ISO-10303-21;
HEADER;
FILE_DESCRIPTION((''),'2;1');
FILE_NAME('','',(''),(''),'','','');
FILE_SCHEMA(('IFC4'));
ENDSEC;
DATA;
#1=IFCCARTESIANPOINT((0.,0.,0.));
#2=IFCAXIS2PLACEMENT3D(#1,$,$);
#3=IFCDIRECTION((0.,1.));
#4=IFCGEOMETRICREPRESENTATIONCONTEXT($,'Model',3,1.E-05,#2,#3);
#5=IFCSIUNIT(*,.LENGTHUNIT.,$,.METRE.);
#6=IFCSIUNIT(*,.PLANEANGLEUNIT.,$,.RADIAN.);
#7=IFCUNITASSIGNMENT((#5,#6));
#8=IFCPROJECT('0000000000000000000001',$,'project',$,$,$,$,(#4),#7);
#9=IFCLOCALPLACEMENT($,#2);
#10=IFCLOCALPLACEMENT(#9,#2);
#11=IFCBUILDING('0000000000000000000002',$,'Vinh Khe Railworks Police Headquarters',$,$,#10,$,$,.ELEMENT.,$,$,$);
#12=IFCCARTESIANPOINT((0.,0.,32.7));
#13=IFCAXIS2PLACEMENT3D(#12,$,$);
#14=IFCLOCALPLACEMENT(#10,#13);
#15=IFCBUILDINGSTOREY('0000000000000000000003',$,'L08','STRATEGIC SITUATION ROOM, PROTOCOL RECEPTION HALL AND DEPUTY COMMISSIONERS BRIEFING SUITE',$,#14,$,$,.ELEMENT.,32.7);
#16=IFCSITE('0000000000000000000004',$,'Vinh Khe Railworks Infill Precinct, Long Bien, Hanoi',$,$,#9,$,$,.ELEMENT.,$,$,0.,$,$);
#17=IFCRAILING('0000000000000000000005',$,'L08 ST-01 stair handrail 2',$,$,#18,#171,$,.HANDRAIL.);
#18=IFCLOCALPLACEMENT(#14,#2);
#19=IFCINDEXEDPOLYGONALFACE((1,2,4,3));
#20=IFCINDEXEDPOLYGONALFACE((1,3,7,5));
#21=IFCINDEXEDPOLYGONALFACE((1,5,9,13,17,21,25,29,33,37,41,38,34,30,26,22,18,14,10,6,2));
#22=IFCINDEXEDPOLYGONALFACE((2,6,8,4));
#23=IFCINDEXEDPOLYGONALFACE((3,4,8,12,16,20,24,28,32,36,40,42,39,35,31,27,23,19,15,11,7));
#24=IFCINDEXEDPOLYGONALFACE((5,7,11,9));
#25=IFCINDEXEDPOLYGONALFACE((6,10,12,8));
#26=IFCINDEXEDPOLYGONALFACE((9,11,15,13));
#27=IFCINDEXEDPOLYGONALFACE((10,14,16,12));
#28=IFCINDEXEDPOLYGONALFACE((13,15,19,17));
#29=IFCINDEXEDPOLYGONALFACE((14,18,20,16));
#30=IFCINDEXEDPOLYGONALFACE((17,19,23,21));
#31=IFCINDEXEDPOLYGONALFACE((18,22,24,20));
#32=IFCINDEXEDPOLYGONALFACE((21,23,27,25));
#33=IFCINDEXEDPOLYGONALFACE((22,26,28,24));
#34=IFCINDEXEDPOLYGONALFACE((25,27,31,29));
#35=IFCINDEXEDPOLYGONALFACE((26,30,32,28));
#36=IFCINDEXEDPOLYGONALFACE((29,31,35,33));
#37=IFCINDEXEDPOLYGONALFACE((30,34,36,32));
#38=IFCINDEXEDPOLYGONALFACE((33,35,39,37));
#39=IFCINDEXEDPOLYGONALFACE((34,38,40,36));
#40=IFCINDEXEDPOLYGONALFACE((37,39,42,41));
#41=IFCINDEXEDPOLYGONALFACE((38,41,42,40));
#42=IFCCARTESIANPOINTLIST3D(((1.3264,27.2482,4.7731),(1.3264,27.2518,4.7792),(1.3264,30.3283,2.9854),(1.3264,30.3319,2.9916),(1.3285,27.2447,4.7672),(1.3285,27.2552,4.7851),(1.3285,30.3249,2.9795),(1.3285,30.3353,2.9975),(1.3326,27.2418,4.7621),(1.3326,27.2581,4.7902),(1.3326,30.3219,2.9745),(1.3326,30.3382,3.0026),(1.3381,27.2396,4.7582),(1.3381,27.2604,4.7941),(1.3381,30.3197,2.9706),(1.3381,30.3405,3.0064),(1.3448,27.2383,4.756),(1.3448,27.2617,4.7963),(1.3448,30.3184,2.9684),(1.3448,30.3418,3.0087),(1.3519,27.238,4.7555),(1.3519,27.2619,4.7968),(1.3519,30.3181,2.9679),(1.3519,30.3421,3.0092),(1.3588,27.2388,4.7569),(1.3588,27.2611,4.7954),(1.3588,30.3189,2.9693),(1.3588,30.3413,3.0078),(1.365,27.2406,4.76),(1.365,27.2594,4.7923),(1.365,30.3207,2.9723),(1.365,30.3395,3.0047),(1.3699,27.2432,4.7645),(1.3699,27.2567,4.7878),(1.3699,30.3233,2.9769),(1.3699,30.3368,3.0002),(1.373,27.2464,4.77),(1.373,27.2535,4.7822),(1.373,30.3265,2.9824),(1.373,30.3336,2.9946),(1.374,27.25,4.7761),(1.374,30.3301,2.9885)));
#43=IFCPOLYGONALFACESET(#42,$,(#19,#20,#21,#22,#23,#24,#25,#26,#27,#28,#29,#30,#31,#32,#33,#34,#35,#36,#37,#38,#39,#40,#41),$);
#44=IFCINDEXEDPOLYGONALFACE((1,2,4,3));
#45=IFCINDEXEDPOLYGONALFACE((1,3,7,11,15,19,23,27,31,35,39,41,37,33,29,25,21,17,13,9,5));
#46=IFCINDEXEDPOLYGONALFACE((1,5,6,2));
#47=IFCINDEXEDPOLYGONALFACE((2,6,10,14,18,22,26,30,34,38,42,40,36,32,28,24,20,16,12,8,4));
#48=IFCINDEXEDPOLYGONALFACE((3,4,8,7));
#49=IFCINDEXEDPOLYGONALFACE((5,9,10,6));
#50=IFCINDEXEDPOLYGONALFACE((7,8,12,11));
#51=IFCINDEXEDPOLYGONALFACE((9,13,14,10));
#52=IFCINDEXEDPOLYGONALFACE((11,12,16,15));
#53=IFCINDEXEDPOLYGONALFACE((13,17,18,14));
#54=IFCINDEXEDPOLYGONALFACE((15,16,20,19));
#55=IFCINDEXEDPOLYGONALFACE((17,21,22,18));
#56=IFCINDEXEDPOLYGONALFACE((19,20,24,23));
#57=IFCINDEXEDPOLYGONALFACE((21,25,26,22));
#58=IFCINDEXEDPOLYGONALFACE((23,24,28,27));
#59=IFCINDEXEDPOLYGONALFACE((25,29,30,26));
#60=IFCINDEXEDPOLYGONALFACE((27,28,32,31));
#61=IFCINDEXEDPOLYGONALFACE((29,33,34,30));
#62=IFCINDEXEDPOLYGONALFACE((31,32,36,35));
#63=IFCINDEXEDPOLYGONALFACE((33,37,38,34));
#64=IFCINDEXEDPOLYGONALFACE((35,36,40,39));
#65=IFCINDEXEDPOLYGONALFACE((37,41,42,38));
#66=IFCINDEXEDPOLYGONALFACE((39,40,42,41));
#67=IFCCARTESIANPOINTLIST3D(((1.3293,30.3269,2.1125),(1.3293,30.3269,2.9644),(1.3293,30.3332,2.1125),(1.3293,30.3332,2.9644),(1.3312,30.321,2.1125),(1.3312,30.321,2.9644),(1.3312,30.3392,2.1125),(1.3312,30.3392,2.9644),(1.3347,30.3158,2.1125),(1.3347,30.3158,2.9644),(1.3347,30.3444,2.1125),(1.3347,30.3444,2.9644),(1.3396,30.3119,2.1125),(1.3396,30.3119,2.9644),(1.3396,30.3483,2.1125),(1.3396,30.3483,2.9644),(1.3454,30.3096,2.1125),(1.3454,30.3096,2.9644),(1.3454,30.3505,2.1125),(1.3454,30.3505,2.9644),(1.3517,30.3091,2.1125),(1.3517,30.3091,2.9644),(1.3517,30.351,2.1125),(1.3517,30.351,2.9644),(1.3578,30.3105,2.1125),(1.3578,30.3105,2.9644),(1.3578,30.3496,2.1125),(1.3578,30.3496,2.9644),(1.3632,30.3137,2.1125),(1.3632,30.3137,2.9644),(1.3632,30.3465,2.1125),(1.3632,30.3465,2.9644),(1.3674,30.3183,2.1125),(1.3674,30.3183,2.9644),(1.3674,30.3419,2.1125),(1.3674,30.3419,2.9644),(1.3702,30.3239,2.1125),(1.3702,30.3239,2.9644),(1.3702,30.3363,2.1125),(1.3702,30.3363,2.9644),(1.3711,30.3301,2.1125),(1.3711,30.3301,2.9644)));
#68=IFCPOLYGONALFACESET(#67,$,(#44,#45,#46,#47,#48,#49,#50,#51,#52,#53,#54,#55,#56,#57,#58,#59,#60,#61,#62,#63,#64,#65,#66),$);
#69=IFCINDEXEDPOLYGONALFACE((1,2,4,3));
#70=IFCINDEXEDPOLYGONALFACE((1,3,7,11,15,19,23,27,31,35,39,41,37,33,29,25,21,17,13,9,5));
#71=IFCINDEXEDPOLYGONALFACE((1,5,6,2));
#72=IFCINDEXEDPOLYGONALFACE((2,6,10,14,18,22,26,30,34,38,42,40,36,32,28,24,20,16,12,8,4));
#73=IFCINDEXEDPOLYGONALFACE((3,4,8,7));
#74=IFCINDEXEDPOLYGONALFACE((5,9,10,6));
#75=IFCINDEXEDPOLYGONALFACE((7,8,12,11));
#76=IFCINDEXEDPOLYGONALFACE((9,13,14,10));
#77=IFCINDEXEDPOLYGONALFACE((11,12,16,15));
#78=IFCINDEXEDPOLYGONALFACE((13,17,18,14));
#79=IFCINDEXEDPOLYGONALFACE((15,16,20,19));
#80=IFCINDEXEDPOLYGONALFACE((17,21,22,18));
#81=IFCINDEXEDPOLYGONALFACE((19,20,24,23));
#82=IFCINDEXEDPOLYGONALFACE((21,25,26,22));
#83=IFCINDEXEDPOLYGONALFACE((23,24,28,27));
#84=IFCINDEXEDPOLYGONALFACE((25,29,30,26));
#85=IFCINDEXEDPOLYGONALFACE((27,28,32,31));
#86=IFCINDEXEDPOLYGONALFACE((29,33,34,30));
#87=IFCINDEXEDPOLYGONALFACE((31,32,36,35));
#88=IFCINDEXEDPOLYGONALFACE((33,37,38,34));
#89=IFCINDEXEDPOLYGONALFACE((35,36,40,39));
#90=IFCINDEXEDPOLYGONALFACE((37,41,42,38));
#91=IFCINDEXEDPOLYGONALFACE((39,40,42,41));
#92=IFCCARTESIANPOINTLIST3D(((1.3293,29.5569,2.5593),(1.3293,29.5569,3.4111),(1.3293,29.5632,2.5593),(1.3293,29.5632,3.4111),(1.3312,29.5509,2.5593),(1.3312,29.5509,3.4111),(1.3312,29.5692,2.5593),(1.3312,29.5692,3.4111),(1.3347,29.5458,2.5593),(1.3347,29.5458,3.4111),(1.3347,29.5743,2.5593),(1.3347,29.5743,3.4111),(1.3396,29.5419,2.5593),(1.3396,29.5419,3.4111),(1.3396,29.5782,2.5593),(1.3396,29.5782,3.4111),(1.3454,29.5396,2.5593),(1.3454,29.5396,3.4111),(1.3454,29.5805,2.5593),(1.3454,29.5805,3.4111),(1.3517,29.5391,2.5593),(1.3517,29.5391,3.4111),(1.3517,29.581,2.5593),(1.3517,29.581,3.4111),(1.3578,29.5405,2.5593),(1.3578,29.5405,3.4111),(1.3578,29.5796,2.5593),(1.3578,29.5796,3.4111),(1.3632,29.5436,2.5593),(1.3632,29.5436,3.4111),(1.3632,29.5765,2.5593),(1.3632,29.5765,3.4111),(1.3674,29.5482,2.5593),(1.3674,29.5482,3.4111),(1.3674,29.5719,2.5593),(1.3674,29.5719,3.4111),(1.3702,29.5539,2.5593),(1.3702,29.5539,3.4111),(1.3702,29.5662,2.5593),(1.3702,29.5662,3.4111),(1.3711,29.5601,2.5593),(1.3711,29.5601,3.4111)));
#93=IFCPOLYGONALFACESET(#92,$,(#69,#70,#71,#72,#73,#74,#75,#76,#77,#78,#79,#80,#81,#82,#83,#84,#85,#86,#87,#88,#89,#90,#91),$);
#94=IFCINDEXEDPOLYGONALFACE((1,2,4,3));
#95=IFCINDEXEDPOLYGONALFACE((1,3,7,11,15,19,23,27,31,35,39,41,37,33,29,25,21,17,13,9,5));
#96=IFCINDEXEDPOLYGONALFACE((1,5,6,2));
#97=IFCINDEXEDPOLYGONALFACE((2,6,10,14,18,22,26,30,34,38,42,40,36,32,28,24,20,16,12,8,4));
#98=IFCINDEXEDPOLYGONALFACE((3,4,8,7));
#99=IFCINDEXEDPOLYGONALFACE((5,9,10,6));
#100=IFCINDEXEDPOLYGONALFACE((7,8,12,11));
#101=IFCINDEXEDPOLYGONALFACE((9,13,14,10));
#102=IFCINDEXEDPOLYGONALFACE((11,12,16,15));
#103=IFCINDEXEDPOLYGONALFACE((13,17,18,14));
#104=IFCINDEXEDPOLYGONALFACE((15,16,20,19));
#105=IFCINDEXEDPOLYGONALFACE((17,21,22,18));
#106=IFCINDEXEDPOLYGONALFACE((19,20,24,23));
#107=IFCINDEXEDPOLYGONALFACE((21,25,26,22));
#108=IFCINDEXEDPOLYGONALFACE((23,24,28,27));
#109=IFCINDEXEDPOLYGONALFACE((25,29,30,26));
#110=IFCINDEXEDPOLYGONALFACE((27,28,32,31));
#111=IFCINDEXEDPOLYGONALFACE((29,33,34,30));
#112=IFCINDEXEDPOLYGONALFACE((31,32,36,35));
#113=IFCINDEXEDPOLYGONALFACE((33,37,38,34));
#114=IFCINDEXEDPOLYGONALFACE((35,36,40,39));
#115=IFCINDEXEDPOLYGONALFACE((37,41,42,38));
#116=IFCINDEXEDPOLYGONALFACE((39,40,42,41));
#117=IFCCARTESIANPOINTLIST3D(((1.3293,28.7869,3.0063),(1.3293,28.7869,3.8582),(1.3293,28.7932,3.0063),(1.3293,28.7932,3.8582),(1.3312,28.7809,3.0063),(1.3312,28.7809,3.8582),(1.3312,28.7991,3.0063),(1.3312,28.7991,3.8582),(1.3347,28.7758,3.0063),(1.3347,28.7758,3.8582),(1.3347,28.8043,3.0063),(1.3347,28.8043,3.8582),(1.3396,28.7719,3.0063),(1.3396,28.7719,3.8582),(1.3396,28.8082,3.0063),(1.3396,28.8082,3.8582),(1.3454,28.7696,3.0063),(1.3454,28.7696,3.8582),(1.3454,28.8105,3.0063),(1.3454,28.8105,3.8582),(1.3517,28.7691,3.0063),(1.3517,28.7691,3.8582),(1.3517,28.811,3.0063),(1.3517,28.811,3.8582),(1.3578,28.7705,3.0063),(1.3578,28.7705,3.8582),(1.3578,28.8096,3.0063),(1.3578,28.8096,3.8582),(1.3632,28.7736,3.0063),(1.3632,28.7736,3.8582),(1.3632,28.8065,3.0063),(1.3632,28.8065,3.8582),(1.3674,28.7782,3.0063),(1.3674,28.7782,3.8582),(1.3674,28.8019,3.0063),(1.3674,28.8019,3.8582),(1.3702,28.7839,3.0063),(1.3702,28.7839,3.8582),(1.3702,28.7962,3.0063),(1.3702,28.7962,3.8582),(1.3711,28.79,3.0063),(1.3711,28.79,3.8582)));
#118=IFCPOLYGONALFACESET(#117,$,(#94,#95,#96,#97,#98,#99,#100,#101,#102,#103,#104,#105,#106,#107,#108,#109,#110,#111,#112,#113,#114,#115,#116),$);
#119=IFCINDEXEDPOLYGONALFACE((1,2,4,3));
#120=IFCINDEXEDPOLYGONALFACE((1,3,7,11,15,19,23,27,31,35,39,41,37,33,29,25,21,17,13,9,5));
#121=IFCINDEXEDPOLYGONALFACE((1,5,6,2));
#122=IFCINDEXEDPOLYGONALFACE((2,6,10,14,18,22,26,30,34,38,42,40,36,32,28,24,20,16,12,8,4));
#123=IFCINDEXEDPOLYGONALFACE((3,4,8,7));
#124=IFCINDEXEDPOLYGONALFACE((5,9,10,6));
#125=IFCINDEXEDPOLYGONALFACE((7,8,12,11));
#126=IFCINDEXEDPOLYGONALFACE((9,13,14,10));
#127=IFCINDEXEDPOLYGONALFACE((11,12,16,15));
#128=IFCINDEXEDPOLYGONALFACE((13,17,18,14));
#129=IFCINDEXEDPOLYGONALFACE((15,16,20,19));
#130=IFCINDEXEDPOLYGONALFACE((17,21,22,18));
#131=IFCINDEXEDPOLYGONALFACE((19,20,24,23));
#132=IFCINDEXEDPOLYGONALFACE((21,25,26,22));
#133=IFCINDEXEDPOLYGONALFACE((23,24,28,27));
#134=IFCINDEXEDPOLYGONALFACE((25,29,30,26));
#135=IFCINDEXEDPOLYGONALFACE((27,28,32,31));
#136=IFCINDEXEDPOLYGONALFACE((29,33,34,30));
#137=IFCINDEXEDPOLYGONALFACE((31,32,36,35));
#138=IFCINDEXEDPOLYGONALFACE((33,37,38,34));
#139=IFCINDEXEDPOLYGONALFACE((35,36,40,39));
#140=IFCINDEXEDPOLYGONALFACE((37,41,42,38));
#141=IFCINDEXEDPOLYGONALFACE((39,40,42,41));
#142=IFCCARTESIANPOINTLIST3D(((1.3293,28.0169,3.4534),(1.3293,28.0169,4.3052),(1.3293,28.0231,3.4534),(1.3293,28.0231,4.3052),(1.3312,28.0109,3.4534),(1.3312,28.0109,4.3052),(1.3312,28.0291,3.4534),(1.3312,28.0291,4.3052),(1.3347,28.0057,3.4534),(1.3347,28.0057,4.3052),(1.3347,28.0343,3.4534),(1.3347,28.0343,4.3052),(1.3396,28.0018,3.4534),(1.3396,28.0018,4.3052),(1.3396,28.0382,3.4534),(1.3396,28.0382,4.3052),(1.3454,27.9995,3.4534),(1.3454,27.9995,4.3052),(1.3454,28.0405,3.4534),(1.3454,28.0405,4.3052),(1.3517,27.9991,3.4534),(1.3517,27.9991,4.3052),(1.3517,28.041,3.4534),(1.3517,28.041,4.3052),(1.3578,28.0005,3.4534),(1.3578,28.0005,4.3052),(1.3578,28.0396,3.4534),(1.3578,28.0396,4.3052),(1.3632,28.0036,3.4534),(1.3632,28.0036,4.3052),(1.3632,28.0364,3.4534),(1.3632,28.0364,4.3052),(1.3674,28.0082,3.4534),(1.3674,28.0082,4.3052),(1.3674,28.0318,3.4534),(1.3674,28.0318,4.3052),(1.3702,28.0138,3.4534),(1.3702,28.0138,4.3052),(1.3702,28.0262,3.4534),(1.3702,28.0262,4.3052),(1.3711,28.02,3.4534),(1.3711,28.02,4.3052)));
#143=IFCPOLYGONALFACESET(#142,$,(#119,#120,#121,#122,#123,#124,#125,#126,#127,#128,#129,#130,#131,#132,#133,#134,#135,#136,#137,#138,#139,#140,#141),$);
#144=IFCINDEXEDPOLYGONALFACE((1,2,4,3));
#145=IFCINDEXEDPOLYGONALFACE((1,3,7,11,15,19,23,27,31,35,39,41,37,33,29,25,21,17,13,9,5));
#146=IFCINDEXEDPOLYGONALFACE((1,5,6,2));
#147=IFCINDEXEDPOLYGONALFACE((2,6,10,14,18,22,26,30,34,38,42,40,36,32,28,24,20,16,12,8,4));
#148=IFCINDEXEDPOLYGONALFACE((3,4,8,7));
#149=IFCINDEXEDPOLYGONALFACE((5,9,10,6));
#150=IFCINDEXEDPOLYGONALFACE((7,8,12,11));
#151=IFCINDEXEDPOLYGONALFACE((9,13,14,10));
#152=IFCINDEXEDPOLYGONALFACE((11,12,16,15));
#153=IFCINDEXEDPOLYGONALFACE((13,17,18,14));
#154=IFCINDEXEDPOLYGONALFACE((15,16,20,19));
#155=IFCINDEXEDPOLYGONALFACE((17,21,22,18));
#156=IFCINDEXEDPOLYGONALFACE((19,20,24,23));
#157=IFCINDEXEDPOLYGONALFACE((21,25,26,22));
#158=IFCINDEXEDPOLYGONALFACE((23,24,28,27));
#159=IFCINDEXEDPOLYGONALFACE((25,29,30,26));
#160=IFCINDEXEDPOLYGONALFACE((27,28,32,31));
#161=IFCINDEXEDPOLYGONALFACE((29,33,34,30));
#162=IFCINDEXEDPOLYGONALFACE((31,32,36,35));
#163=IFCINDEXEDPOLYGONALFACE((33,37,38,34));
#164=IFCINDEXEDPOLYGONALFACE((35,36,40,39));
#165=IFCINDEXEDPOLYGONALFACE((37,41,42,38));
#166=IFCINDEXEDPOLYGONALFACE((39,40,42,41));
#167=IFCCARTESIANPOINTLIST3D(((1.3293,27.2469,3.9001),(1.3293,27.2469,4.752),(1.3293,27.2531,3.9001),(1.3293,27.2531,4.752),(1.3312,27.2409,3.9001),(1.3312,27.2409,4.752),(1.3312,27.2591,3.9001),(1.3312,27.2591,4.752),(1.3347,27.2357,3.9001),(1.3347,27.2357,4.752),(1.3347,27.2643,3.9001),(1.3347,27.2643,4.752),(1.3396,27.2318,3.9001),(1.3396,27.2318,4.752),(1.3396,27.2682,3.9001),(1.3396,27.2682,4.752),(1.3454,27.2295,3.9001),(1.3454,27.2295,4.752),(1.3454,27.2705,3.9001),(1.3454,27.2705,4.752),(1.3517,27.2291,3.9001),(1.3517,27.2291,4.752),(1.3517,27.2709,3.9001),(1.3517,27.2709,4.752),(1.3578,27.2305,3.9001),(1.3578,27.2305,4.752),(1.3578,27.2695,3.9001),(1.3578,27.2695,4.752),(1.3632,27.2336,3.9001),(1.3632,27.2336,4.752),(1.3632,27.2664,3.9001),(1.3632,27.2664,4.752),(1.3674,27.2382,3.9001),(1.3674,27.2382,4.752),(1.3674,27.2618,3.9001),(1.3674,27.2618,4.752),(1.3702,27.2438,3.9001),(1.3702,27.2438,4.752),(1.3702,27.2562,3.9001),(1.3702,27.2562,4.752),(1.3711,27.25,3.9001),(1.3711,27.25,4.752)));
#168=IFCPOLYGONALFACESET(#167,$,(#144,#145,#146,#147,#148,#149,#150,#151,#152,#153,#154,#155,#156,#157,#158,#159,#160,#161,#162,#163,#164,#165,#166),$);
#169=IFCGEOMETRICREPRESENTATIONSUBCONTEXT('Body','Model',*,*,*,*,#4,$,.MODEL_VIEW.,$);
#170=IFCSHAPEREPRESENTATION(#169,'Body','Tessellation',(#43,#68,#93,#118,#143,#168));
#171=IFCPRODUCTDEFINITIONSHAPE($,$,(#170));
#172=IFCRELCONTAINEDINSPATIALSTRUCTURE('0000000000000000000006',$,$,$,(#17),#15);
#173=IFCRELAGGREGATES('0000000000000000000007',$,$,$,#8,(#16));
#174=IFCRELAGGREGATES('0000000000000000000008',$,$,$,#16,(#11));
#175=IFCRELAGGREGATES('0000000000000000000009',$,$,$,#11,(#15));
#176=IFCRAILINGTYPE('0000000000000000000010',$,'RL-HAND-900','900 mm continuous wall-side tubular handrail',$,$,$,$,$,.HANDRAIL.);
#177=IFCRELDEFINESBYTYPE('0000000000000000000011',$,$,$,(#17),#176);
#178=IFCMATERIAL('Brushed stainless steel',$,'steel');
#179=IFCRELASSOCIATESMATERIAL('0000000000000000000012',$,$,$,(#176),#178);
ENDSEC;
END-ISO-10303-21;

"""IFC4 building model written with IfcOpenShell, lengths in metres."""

from ifc_helpers import new_model, si_unit, direction, frame, origin, origin_2d, place, context, subcontext, project, spatial, circle, extrude, material, type_object, element, save


model = new_model("IFC4")

# Units and contexts
model_context = context("Model", 3, precision=1e-05, world=origin(), true_north=direction((0.0, 1.0)))
body_context = subcontext(model_context, "Body", "Model", "MODEL_VIEW")
ifc_project = project(units=[si_unit("LENGTHUNIT", "METRE"), si_unit("PLANEANGLEUNIT", "RADIAN")], contexts=[model_context])

# Site, building, storey
site_placement = place(None, origin())
site = spatial("IfcSite", under=ifc_project, at=site_placement, Name="Vinh Khe Railworks Infill Precinct, Long Bien, Hanoi", CompositionType="ELEMENT", RefElevation=0.0)
building_placement = place(site_placement, origin())
building = spatial("IfcBuilding", under=site, at=building_placement, Name="Vinh Khe Railworks Police Headquarters", CompositionType="ELEMENT")
storey_placement = place(building_placement, frame((0.0, 0.0, 32.7)))
storey = spatial("IfcBuildingStorey", under=building, at=storey_placement, Name="L08", Description="STRATEGIC SITUATION ROOM, PROTOCOL RECEPTION HALL AND DEPUTY COMMISSIONERS BRIEFING SUITE", CompositionType="ELEMENT", Elevation=32.7)

# Railing
ifc_material_1 = material(Name="Brushed stainless steel", Category="steel")
railing_type_1 = type_object("IfcRailingType", Name="RL-HAND-900", Description="900 mm continuous wall-side tubular handrail", PredefinedType="HANDRAIL", material=ifc_material_1)
railing_1_placement = place(storey_placement, frame((1.3501, 30.3301, 2.1125)))
element("IfcRailing", 1, at=railing_1_placement, inside=storey, type_object=railing_type_1, Name="L08 ST-01 stair handrail 2", PredefinedType="HANDRAIL", context=body_context, shape_type="SweptSolid", body=[
    extrude(circle(Radius=0.0239, at=origin_2d()), frame((0.0, 0.0, 0.876), z_axis=(0.0, -0.864891, 0.50196), x_axis=(1.0, 0.0, 0.0)), (0.0, 0.0, 1.0), 3.5613),
    extrude(circle(Radius=0.021, at=origin_2d()), origin(), (0.0, 0.0, 1.0), 0.8518),
    extrude(circle(Radius=0.021, at=origin_2d()), frame((0.0, -0.77, 0.4468)), (0.0, 0.0, 1.0), 0.8518),
    extrude(circle(Radius=0.021, at=origin_2d()), frame((0.0, -1.54, 0.8938)), (0.0, 0.0, 1.0), 0.8518),
    extrude(circle(Radius=0.021, at=origin_2d()), frame((0.0, -2.3101, 1.3408)), (0.0, 0.0, 1.0), 0.8518),
    extrude(circle(Radius=0.021, at=origin_2d()), frame((0.0, -3.0801, 1.7876)), (0.0, 0.0, 1.0), 0.8518),
])

save(model, "model.ifc")
